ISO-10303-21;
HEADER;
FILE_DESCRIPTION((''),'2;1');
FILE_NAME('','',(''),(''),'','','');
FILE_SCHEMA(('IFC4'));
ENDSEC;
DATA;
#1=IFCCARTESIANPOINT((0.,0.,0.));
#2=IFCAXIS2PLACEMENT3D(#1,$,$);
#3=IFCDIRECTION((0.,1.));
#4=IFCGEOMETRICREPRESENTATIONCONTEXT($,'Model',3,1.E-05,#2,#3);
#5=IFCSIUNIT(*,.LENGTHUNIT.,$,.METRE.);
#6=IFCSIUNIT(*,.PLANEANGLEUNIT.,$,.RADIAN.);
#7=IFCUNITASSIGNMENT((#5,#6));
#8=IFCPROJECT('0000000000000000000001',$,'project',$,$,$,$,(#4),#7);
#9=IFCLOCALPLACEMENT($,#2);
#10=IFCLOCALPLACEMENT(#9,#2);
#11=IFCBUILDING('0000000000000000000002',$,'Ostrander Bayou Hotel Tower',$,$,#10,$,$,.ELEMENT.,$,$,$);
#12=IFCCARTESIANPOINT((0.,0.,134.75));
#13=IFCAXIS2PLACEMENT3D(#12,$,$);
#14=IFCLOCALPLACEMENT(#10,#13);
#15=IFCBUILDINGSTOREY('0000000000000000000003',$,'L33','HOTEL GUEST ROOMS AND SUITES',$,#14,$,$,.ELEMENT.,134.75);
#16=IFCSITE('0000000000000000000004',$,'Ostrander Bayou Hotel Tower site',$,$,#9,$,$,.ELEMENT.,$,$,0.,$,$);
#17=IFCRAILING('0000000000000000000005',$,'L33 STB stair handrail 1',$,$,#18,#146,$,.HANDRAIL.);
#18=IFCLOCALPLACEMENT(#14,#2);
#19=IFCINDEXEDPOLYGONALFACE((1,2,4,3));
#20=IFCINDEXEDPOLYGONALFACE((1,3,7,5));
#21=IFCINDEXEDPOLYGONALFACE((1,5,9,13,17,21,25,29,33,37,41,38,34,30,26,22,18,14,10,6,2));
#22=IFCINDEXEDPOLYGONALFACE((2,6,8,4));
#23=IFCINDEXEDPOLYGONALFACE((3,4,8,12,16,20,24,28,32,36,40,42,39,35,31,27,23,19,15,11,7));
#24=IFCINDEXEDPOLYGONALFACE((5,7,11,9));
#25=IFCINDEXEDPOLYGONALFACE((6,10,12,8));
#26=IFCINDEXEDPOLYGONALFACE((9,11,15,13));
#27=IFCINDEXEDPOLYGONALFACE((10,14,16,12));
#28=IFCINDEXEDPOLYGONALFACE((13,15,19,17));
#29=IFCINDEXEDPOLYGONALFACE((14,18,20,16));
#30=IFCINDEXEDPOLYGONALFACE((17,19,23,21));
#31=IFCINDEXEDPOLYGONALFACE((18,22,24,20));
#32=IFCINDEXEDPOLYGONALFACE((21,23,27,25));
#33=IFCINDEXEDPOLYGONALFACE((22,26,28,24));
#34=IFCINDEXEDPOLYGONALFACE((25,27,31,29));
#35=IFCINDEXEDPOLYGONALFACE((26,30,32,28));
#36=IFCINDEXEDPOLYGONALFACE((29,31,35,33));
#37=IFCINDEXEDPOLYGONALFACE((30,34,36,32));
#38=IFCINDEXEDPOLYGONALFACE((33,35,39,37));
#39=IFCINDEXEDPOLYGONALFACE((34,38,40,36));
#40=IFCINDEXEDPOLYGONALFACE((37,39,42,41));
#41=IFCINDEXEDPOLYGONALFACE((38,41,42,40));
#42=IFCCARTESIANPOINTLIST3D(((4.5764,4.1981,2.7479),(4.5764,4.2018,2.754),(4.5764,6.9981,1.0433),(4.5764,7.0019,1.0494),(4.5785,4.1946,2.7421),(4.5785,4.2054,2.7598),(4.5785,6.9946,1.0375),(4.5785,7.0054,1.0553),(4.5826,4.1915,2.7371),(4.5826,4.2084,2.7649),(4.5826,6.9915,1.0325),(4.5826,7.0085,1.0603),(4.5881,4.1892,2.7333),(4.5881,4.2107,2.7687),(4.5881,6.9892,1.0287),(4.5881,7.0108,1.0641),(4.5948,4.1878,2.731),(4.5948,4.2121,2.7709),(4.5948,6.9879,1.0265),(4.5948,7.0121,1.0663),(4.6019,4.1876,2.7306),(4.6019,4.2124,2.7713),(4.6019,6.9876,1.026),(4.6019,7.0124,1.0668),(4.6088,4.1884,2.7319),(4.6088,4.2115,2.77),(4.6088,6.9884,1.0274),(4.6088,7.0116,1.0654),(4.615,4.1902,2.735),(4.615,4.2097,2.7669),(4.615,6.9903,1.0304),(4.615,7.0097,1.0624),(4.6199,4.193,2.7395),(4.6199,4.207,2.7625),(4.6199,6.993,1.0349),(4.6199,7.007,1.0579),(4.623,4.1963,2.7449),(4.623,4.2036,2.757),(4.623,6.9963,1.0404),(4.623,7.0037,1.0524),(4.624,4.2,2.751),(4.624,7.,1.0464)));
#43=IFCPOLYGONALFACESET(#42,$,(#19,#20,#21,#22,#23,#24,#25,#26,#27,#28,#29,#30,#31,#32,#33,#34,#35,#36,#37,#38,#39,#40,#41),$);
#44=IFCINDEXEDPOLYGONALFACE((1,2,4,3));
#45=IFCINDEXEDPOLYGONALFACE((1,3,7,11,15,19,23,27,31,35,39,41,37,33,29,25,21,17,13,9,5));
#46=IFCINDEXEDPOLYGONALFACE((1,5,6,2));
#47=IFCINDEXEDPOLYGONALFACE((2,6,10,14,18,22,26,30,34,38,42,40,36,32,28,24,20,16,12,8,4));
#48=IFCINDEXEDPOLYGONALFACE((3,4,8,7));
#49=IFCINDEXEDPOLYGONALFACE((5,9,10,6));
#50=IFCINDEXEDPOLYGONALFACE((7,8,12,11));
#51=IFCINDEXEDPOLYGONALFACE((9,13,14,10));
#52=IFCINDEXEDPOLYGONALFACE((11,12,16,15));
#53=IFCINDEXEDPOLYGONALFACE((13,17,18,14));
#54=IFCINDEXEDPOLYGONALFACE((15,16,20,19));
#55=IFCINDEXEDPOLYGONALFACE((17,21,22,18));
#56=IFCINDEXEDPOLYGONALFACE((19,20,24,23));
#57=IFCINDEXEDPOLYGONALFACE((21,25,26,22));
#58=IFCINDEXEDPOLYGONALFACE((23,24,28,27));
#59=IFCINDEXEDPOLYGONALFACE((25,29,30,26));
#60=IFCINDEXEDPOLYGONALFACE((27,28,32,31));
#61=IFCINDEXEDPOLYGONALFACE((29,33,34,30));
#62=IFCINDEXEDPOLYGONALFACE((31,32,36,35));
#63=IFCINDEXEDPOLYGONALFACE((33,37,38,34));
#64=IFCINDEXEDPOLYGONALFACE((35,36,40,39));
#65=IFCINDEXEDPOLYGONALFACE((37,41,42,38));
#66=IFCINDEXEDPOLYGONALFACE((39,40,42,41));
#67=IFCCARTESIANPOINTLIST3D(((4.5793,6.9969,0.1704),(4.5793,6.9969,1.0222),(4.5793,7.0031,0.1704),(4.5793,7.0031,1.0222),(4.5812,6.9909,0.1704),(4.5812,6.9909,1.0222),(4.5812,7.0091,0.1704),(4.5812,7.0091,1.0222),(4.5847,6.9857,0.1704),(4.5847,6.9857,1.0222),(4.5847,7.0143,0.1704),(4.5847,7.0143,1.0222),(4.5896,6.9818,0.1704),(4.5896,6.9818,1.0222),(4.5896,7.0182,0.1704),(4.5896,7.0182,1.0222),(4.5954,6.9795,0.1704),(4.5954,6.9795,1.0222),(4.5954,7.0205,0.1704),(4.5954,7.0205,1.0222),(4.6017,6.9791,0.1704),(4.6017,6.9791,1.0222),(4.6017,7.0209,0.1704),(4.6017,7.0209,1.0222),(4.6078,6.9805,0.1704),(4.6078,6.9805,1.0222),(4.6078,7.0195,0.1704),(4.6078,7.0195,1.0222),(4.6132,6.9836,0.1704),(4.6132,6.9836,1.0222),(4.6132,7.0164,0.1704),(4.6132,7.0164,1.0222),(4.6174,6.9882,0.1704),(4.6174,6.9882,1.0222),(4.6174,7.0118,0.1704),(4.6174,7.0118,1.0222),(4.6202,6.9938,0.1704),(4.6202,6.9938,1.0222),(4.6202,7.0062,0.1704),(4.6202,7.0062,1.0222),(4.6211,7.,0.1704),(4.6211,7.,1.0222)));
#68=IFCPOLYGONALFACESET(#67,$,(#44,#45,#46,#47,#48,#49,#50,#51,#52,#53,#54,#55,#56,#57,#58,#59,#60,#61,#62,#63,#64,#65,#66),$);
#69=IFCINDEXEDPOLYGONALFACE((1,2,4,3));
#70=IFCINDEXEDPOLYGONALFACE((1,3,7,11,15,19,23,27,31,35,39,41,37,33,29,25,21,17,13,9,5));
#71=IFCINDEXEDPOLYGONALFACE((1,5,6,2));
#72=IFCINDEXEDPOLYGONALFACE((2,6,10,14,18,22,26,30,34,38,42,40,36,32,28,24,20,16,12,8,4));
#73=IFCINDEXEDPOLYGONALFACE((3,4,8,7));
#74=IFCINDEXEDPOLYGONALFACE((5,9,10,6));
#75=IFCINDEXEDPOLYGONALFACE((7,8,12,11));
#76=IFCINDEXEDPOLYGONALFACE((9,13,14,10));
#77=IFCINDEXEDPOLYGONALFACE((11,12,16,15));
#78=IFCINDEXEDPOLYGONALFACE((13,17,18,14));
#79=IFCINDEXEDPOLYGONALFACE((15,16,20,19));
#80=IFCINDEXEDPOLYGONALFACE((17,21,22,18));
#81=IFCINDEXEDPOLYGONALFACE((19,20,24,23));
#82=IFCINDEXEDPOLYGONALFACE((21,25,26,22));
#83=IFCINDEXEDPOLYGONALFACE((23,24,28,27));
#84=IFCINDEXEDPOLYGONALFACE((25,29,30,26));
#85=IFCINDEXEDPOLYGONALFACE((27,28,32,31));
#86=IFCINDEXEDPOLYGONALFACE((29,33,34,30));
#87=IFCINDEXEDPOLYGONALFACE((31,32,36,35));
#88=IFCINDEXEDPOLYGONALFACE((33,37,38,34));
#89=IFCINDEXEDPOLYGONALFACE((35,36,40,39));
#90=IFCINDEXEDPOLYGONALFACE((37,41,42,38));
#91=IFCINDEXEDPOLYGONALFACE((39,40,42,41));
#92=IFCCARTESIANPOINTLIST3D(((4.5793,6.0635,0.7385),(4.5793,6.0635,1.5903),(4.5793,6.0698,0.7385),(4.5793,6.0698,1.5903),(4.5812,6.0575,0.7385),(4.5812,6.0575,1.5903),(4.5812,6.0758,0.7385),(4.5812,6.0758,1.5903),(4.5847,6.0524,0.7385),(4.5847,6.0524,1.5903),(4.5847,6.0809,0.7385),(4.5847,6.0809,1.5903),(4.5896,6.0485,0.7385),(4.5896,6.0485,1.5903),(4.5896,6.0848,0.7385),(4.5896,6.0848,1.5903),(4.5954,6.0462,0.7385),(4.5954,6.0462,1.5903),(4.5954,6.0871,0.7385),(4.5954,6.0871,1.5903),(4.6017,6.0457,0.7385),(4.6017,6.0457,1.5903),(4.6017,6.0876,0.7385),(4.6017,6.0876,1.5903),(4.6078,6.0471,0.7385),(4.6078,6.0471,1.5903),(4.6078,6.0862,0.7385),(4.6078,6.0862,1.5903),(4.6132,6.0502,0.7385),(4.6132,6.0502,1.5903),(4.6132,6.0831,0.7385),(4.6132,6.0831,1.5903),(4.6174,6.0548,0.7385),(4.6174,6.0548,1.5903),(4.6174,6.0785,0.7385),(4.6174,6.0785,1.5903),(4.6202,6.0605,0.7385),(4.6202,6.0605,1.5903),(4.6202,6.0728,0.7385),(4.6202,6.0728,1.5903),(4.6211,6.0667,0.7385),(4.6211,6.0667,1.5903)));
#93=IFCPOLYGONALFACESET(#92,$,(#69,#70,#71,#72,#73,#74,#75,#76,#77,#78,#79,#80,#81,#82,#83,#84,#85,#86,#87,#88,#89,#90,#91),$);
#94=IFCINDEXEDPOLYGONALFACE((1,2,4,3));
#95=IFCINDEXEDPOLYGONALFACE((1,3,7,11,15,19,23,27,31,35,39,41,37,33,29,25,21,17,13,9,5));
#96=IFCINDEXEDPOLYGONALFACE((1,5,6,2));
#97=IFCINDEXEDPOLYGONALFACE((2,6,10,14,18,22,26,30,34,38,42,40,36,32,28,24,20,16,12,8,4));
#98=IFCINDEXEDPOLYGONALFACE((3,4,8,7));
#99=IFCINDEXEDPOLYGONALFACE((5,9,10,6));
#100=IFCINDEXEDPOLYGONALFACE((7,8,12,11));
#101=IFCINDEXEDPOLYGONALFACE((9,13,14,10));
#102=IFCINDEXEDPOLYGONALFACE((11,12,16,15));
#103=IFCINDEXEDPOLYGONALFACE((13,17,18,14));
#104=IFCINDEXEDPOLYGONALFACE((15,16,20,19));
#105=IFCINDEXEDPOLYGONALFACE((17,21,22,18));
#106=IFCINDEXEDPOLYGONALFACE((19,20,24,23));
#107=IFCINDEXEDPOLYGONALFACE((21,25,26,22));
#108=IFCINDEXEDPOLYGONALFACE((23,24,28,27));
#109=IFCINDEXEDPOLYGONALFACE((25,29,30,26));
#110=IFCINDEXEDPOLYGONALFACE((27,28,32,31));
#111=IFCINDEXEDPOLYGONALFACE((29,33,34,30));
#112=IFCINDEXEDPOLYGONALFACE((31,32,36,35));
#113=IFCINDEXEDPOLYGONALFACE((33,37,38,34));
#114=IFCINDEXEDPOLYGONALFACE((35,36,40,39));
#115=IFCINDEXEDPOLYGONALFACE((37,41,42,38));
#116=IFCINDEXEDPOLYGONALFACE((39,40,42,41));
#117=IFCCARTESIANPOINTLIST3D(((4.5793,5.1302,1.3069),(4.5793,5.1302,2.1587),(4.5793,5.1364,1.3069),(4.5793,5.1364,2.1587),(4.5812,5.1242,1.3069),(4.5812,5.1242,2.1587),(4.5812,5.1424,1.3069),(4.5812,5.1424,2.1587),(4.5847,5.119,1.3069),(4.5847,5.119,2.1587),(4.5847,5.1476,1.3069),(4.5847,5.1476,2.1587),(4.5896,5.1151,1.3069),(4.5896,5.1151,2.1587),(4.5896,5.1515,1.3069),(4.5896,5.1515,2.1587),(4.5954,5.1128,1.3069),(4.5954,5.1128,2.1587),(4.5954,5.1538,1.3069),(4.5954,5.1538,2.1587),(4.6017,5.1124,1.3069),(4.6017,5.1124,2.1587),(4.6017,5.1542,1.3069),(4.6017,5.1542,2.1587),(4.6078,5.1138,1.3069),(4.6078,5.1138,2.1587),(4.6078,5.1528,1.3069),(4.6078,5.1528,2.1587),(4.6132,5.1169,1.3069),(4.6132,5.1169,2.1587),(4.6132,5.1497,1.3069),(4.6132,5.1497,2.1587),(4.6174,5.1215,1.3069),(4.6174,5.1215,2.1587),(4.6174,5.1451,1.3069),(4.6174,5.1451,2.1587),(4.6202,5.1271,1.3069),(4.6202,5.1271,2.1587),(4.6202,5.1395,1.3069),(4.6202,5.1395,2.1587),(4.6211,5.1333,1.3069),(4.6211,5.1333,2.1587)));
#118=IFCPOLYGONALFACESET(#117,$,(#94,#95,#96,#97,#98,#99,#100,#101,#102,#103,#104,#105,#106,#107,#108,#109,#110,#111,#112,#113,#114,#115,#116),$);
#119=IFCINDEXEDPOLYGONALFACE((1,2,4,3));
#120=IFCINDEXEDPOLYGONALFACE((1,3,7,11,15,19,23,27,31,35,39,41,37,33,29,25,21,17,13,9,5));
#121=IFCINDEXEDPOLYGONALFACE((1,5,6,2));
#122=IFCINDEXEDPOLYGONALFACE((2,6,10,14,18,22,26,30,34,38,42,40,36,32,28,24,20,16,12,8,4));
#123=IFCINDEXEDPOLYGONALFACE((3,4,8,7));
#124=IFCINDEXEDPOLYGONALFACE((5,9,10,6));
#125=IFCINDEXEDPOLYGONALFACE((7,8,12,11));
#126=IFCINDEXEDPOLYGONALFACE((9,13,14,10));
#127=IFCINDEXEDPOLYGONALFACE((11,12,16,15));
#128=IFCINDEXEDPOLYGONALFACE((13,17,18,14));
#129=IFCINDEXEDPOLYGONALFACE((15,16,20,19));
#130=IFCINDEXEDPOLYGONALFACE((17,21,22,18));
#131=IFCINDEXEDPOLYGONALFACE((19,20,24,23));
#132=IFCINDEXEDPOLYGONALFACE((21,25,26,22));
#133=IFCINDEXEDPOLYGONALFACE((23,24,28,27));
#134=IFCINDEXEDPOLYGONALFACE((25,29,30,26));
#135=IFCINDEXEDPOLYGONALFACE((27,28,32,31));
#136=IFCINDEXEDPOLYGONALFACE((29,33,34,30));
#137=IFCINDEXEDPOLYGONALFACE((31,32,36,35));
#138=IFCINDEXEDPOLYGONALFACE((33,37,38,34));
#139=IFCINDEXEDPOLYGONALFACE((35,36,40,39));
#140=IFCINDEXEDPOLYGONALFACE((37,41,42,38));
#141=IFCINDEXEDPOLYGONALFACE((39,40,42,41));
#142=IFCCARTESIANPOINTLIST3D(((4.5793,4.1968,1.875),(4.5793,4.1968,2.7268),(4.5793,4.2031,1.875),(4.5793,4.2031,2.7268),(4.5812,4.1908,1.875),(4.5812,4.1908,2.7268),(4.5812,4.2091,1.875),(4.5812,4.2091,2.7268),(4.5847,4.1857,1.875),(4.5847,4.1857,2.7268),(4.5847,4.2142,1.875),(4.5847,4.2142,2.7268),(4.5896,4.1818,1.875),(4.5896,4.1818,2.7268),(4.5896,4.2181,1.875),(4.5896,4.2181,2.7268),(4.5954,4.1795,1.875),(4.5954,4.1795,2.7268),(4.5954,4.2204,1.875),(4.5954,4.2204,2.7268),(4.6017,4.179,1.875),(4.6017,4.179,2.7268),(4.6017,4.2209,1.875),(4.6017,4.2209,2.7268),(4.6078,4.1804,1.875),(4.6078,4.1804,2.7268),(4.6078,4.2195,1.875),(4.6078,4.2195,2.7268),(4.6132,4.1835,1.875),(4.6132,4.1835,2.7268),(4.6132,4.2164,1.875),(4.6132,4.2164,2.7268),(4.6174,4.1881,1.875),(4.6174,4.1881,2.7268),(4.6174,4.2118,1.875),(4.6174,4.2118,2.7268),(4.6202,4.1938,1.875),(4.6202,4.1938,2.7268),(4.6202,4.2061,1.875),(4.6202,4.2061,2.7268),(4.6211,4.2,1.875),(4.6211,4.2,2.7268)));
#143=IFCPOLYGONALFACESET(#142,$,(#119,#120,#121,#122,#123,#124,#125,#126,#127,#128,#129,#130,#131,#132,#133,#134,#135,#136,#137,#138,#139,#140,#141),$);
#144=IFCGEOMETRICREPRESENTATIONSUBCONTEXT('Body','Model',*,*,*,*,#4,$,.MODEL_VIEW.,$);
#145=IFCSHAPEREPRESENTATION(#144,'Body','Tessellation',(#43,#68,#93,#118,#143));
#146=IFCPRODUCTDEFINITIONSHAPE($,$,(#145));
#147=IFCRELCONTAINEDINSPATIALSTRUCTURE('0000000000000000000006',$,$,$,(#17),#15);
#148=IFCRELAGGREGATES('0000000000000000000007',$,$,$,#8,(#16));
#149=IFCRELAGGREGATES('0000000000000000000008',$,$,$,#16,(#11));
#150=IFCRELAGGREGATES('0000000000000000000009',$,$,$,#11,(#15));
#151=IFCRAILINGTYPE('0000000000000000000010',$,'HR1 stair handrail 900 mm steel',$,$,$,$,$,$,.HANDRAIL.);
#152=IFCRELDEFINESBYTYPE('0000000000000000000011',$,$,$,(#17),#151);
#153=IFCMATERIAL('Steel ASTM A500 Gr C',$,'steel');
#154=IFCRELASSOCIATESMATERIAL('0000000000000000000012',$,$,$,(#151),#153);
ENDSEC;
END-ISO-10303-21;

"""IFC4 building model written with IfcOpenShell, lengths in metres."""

from ifc_helpers import new_model, si_unit, direction, frame, origin, origin_2d, place, context, subcontext, project, spatial, circle, extrude, material, type_object, element, save


model = new_model("IFC4")

# Units and contexts
model_context = context("Model", 3, precision=1e-05, world=origin(), true_north=direction((0.0, 1.0)))
body_context = subcontext(model_context, "Body", "Model", "MODEL_VIEW")
ifc_project = project(units=[si_unit("LENGTHUNIT", "METRE"), si_unit("PLANEANGLEUNIT", "RADIAN")], contexts=[model_context])

# Site, building, storey
site_placement = place(None, origin())
site = spatial("IfcSite", under=ifc_project, at=site_placement, Name="Ostrander Bayou Hotel Tower site", CompositionType="ELEMENT", RefElevation=0.0)
building_placement = place(site_placement, origin())
building = spatial("IfcBuilding", under=site, at=building_placement, Name="Ostrander Bayou Hotel Tower", CompositionType="ELEMENT")
storey_placement = place(building_placement, frame((0.0, 0.0, 134.75)))
storey = spatial("IfcBuildingStorey", under=building, at=storey_placement, Name="L33", Description="HOTEL GUEST ROOMS AND SUITES", CompositionType="ELEMENT", Elevation=134.75)

# Railing
ifc_material_1 = material(Name="Steel ASTM A500 Gr C", Category="steel")
railing_type_1 = type_object("IfcRailingType", Name="HR1 stair handrail 900 mm steel", PredefinedType="HANDRAIL", material=ifc_material_1)
railing_1_placement = place(storey_placement, frame((4.6001, 7.0, 0.1704)))
element("IfcRailing", 1, at=railing_1_placement, inside=storey, type_object=railing_type_1, Name="L33 STB stair handrail 1", PredefinedType="HANDRAIL", context=body_context, shape_type="SweptSolid", body=[
    extrude(circle(Radius=0.0239, at=origin_2d()), frame((0.0, 0.0, 0.876), z_axis=(0.0, -0.85417, 0.519994), x_axis=(1.0, 0.0, 0.0)), (0.0, 0.0, 1.0), 3.2781),
    extrude(circle(Radius=0.021, at=origin_2d()), origin(), (0.0, 0.0, 1.0), 0.8518),
    extrude(circle(Radius=0.021, at=origin_2d()), frame((0.0, -0.9333, 0.5681)), (0.0, 0.0, 1.0), 0.8518),
    extrude(circle(Radius=0.021, at=origin_2d()), frame((0.0, -1.8667, 1.1365)), (0.0, 0.0, 1.0), 0.8518),
    extrude(circle(Radius=0.021, at=origin_2d()), frame((0.0, -2.8, 1.7046)), (0.0, 0.0, 1.0), 0.8518),
])

save(model, "model.ifc")
